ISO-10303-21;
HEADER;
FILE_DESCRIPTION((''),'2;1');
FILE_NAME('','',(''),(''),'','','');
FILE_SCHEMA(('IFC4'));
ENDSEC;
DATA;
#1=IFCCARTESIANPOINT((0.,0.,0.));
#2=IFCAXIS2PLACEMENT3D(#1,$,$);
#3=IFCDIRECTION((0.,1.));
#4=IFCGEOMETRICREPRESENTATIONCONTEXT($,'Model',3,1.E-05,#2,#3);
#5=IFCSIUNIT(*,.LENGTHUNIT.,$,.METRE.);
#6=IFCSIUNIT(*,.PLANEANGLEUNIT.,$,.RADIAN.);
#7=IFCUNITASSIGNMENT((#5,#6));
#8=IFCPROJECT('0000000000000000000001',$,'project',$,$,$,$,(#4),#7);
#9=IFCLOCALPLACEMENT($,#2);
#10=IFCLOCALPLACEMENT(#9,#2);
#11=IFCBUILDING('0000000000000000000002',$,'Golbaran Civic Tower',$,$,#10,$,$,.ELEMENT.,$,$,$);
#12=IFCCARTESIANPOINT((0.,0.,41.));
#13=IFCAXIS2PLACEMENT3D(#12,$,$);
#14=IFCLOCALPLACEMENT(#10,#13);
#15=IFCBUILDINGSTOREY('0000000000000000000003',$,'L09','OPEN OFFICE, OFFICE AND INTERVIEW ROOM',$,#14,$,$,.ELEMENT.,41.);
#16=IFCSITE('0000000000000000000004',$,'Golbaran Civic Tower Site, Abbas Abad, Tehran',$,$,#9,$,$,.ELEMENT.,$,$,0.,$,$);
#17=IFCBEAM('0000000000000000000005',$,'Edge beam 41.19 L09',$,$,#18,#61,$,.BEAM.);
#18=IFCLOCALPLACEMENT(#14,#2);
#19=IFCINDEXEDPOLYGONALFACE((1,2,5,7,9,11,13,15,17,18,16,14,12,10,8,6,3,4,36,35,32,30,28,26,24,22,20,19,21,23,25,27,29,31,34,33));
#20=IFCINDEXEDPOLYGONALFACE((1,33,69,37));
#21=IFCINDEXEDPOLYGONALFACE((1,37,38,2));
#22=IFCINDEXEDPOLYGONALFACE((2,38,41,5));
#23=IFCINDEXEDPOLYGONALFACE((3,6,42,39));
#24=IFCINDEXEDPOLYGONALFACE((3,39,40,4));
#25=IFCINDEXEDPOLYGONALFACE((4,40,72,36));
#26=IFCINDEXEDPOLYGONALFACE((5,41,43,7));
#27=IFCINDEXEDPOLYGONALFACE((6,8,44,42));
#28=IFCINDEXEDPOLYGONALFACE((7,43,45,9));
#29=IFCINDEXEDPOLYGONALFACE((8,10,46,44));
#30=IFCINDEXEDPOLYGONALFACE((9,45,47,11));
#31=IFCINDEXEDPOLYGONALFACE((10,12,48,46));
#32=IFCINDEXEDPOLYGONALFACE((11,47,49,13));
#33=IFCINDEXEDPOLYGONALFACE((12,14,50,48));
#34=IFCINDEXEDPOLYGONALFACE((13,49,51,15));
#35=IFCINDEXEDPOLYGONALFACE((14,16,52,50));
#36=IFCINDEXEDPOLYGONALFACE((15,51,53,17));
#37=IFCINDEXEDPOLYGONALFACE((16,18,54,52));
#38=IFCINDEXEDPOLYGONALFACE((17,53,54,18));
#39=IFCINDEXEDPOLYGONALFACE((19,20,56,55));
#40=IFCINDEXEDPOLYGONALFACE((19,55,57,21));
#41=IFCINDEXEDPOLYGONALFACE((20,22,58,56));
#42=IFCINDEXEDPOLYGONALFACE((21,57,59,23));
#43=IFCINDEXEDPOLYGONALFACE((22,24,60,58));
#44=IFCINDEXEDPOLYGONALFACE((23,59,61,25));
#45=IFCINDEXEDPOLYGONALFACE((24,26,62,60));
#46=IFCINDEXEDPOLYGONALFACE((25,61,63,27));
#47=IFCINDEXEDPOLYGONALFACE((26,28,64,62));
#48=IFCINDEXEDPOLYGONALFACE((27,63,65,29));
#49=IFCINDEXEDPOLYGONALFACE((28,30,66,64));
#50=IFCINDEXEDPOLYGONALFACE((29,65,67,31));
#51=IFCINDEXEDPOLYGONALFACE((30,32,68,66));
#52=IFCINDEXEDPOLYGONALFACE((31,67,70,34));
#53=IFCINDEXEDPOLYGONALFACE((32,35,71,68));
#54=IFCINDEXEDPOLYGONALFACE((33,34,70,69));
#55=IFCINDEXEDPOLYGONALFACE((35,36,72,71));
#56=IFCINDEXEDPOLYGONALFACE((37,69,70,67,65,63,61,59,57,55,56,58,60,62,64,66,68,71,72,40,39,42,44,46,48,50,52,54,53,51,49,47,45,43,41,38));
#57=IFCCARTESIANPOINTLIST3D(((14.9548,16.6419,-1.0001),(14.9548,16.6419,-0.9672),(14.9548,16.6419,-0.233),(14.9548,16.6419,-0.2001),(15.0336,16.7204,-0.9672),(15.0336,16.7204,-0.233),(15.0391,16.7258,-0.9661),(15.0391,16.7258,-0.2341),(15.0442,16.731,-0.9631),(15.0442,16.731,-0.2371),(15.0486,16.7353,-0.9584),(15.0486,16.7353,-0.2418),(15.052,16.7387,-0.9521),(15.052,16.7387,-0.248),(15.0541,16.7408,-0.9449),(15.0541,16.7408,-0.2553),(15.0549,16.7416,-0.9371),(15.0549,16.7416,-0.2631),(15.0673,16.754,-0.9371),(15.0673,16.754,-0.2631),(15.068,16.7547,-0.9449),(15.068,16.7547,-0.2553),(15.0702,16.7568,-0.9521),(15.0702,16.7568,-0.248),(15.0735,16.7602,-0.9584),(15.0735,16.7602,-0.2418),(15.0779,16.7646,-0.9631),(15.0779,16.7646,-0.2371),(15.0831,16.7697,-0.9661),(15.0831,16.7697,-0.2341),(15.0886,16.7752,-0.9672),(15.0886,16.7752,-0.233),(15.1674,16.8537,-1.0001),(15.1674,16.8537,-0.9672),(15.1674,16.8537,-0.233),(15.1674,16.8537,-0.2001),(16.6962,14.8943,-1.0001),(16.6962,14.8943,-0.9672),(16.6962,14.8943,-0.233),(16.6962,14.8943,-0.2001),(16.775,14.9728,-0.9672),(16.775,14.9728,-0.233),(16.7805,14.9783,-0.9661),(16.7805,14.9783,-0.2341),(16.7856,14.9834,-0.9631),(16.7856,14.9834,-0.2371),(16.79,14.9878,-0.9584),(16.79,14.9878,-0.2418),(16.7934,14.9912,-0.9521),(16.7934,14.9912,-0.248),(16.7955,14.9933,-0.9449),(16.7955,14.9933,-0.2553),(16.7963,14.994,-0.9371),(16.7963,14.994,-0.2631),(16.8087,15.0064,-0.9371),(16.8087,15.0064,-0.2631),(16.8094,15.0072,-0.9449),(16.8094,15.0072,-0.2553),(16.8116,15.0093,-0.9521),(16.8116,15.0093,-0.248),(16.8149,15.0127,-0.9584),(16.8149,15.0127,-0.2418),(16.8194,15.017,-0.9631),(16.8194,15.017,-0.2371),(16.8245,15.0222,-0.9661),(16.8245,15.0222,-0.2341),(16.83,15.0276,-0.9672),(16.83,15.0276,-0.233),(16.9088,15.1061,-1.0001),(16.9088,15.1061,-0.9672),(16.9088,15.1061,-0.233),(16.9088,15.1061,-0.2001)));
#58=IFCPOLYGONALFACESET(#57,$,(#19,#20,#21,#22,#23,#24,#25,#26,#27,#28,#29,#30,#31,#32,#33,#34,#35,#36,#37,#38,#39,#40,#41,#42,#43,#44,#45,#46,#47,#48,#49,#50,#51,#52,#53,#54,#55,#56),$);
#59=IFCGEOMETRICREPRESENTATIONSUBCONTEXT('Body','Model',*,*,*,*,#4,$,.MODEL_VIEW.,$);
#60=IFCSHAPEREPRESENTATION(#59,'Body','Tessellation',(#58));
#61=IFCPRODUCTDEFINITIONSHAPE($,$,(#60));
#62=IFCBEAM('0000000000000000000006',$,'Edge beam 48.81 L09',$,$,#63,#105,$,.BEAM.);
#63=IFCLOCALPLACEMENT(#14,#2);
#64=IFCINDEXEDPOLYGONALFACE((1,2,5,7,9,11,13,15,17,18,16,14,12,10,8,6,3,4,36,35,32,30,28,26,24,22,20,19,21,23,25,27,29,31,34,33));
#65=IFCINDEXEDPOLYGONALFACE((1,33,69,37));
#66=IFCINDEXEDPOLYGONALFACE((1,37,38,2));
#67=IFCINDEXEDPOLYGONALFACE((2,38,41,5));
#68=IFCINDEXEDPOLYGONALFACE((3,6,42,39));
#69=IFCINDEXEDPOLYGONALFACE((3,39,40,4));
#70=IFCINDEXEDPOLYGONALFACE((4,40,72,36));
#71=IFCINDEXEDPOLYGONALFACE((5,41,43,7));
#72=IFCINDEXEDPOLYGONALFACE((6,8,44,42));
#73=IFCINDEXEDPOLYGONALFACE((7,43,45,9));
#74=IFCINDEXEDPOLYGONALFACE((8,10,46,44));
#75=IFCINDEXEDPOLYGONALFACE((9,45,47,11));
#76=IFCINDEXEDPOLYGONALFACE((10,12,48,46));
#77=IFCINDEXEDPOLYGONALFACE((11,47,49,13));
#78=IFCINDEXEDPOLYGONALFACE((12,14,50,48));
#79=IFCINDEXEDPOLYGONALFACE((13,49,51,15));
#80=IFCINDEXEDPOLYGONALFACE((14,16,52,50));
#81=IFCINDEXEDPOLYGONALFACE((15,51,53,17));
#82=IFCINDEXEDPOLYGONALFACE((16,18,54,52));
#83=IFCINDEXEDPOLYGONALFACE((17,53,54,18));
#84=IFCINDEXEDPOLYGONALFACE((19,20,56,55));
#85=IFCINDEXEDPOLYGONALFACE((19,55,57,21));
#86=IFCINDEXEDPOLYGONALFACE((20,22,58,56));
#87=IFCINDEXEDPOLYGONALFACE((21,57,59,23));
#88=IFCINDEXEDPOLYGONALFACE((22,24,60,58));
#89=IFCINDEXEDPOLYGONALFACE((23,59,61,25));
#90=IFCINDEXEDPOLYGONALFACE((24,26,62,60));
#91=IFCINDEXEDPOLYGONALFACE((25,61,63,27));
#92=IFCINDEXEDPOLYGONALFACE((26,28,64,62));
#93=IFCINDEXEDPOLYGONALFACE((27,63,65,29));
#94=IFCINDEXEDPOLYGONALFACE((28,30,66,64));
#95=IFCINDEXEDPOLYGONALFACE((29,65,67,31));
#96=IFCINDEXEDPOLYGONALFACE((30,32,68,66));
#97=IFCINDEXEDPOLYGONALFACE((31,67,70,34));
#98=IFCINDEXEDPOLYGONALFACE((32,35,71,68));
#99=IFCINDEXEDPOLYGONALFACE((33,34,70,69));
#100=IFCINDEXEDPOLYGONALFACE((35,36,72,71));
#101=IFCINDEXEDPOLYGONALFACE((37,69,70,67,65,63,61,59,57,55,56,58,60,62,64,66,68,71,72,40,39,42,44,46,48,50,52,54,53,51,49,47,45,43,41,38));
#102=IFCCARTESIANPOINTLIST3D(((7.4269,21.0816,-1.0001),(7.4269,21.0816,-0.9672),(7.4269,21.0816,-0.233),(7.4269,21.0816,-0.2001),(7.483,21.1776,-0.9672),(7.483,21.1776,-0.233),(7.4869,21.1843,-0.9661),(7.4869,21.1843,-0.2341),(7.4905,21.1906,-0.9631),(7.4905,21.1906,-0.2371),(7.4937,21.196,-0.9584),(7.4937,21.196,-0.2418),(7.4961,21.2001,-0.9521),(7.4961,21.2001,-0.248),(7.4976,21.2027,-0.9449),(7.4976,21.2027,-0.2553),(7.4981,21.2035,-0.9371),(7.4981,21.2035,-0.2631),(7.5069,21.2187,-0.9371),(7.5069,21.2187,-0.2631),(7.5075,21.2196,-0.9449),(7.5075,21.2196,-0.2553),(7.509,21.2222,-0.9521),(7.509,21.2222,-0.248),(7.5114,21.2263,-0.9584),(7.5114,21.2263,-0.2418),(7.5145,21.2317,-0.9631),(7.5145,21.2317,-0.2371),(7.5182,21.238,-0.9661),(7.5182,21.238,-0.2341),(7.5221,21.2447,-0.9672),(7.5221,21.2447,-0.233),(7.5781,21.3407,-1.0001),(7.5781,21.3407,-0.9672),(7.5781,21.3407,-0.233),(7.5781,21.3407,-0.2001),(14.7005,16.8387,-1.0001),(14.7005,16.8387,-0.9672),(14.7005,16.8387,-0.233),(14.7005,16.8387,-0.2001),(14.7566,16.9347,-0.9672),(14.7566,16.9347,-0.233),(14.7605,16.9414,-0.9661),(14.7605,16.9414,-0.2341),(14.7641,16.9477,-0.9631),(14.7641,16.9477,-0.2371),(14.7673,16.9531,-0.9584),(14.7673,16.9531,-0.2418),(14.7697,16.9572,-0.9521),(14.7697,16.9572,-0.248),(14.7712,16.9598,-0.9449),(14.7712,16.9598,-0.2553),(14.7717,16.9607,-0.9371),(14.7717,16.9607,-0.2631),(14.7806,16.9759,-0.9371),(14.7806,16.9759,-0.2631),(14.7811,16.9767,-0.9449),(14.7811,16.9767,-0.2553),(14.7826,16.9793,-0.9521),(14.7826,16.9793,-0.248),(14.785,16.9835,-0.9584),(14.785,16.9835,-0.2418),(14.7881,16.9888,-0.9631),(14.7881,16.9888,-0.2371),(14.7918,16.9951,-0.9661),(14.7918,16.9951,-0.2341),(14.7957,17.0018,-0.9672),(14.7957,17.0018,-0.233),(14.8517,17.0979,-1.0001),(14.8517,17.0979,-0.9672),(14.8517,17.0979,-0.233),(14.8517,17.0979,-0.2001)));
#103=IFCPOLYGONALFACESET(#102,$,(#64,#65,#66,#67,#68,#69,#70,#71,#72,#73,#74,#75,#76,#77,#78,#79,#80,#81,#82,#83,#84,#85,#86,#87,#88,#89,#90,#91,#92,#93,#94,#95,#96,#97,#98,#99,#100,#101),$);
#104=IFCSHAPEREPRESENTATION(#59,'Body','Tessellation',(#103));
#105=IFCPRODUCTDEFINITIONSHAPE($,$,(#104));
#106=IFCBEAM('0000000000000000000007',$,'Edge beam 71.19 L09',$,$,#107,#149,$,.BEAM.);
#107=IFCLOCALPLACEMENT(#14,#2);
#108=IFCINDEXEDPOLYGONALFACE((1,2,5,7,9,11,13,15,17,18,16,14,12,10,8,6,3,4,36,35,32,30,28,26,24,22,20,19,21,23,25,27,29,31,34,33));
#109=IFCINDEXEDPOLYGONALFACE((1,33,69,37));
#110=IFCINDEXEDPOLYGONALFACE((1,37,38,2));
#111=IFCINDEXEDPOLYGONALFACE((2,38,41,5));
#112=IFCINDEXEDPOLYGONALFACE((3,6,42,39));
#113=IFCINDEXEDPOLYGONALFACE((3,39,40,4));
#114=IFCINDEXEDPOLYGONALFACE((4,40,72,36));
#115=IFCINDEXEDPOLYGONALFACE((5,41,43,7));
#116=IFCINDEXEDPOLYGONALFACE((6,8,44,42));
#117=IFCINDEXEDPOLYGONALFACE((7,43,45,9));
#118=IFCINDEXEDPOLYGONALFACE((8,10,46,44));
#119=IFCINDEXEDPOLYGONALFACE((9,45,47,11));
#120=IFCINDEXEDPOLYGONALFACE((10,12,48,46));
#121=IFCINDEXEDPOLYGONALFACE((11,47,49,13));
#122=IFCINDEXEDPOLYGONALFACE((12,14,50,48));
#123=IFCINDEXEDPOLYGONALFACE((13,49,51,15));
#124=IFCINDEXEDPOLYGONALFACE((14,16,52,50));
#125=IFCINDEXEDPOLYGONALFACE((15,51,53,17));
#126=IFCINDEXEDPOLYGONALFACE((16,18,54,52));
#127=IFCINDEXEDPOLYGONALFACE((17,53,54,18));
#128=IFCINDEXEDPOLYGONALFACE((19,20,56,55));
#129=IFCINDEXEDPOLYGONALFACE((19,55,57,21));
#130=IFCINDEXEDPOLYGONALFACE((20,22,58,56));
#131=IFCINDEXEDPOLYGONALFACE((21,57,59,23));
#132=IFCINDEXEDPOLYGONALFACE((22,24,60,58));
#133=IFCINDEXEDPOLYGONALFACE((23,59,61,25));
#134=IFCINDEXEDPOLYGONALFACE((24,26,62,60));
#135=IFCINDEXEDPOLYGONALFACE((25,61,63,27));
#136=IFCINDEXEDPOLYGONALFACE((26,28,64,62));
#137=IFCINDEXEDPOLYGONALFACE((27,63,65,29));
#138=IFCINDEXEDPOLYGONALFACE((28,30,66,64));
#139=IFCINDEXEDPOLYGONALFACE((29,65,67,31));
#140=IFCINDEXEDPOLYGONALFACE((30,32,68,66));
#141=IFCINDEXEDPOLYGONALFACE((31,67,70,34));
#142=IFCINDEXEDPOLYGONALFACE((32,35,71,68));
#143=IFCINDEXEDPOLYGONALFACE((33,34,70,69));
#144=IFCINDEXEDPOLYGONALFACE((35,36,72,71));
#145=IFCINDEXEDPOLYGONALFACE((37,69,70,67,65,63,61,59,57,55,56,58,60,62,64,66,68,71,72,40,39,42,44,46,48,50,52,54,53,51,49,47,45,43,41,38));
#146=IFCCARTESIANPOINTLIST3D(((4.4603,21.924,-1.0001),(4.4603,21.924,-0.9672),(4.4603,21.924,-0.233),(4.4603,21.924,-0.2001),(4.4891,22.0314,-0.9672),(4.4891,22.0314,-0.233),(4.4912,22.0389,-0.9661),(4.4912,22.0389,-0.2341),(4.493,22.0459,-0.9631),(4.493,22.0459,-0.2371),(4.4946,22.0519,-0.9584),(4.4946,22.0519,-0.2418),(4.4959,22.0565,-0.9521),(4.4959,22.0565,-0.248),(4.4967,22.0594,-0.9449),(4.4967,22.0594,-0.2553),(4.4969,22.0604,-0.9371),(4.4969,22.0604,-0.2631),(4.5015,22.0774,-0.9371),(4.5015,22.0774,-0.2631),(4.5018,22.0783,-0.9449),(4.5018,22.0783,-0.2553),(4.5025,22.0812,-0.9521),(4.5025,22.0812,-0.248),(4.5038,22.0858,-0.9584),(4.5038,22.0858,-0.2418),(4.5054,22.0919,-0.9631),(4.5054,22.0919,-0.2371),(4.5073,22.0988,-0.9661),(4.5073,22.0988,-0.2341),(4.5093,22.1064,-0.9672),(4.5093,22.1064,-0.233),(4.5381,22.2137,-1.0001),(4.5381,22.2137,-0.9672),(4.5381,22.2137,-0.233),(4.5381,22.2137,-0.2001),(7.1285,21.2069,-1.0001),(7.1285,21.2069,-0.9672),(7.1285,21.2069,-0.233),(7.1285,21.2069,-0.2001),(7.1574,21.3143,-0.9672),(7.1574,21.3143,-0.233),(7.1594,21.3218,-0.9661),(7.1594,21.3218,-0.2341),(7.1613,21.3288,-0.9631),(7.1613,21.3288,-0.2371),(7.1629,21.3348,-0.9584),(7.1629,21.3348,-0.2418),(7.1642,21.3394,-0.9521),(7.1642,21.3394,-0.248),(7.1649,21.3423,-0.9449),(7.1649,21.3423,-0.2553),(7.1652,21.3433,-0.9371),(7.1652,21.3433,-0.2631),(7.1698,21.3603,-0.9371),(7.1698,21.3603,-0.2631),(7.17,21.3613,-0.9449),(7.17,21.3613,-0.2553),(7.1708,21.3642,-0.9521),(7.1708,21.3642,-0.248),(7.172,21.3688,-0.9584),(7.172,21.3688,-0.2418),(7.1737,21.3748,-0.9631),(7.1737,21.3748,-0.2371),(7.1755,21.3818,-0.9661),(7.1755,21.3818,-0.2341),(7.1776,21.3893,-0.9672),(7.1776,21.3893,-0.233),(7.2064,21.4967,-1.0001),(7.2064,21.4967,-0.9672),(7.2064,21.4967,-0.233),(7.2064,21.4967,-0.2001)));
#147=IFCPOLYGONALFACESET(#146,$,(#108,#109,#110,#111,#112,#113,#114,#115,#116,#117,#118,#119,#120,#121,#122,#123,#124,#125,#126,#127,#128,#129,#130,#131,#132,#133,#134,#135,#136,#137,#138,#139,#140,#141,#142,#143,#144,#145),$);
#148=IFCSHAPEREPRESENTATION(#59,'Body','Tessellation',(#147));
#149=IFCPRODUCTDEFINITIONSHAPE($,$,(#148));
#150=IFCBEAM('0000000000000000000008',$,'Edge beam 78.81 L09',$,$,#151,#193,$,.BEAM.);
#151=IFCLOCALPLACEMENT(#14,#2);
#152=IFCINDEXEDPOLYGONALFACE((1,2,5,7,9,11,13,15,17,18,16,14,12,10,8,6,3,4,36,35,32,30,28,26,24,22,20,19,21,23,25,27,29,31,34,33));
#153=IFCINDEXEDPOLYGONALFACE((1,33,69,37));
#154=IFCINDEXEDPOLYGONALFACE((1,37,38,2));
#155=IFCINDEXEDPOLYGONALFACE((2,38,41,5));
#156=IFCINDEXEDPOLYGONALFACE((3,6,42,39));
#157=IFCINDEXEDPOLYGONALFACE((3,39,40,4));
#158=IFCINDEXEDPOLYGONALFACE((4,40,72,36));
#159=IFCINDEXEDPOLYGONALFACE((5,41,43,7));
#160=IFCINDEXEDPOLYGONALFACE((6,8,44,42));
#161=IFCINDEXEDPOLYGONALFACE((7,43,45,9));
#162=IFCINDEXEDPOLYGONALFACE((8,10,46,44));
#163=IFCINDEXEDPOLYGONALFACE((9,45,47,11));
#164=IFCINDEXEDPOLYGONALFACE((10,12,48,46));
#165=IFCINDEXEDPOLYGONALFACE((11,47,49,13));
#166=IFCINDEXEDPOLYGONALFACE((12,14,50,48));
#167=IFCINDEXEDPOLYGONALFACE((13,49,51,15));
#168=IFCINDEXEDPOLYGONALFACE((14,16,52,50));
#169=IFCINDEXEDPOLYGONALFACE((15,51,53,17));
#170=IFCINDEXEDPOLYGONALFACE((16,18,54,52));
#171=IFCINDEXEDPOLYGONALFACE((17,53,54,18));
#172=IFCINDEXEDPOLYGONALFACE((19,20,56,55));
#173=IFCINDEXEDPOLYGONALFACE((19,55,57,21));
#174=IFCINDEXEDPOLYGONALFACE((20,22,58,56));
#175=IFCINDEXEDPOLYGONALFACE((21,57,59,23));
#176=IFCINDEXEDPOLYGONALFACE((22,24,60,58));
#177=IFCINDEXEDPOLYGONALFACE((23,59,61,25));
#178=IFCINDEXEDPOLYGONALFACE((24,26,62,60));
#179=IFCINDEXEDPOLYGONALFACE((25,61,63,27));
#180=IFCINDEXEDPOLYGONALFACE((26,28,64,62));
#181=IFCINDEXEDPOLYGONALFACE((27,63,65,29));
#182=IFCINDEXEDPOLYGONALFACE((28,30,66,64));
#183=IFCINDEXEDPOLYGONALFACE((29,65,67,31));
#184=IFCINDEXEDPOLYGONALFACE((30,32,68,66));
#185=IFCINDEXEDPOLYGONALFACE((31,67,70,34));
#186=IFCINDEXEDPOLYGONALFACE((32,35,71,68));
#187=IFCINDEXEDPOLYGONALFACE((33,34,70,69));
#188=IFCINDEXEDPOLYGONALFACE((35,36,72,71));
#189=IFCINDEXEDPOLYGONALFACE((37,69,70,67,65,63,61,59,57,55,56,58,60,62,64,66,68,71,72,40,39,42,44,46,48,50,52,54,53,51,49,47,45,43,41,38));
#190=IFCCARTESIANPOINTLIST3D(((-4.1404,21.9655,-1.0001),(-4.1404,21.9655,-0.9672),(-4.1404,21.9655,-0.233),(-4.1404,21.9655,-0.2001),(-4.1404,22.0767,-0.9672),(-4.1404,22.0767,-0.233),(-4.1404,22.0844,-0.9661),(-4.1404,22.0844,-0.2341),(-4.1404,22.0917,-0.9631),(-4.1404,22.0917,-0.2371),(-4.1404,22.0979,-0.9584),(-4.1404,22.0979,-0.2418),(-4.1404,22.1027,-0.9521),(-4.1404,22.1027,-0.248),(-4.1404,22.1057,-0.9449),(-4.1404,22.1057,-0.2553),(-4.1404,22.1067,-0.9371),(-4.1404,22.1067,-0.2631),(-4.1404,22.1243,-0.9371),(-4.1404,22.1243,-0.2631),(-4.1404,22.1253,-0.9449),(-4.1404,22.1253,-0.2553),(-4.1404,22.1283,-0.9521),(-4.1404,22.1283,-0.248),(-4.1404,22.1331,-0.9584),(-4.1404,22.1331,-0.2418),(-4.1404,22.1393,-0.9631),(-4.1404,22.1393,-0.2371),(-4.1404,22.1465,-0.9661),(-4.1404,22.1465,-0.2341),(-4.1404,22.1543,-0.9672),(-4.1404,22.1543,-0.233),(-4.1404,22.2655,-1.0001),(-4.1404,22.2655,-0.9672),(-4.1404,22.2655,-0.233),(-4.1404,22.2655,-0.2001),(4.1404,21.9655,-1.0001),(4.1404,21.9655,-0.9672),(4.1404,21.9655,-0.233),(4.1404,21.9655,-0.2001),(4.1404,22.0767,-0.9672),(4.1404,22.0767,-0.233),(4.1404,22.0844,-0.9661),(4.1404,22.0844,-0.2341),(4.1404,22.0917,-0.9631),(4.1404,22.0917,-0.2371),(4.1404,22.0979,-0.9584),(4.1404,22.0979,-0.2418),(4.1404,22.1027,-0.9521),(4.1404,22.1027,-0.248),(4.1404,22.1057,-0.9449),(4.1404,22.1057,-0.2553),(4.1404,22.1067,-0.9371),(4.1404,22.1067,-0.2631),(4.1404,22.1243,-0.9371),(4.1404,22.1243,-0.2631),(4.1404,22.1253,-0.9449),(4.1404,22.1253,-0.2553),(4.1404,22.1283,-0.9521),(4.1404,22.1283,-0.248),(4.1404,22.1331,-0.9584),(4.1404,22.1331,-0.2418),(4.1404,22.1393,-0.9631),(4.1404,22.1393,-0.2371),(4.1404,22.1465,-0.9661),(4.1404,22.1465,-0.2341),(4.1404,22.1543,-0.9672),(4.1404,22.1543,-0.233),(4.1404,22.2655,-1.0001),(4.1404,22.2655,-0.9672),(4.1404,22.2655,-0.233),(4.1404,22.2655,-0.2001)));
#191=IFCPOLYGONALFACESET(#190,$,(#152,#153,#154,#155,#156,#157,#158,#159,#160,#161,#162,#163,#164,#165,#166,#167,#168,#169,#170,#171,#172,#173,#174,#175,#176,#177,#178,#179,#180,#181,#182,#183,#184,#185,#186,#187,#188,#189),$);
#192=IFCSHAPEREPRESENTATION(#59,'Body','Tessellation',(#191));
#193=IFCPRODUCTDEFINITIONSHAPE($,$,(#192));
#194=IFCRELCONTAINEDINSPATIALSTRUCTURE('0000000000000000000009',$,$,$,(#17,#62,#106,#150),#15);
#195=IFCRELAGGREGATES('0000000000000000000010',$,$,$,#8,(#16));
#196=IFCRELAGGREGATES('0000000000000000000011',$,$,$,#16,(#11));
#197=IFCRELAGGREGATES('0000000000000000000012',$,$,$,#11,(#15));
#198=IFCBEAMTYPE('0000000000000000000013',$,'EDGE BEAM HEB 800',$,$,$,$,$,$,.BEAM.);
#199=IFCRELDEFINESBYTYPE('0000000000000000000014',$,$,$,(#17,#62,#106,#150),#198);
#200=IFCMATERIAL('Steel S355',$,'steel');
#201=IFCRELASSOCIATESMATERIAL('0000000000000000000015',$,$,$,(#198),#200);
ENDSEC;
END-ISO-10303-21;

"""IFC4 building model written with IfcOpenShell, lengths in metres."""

from ifc_helpers import new_model, si_unit, direction, frame, origin, origin_2d, place, context, subcontext, project, spatial, i_section, extrude, material, material_profile, profile_set, type_object, element, save


model = new_model("IFC4")

# Units and contexts
model_context = context("Model", 3, precision=1e-05, world=origin(), true_north=direction((0.0, 1.0)))
body_context = subcontext(model_context, "Body", "Model", "MODEL_VIEW")
ifc_project = project(units=[si_unit("LENGTHUNIT", "METRE"), si_unit("PLANEANGLEUNIT", "RADIAN")], contexts=[model_context])

# Site, building, storey
site_placement = place(None, origin())
site = spatial("IfcSite", under=ifc_project, at=site_placement, Name="Golbaran Civic Tower Site, Abbas Abad, Tehran", CompositionType="ELEMENT", RefElevation=0.0)
building_placement = place(site_placement, origin())
building = spatial("IfcBuilding", under=site, at=building_placement, Name="Golbaran Civic Tower", CompositionType="ELEMENT")
storey_placement = place(building_placement, frame((0.0, 0.0, 41.0)))
storey = spatial("IfcBuildingStorey", under=building, at=storey_placement, Name="L09", Description="OPEN OFFICE, OFFICE AND INTERVIEW ROOM", CompositionType="ELEMENT", Elevation=41.0)

# Beams
ifc_material_1 = material(Name="Steel S355", Category="steel")
ifc_material_profile_1 = material_profile(ifc_material_1, i_section(OverallWidth=0.3, OverallDepth=0.8, WebThickness=0.0176, FlangeThickness=0.033, FilletRadius=0.03, at=origin_2d()), Name="HEB 800")
ifc_profile_set_1 = profile_set([ifc_material_profile_1], Name="Steel S355")
beam_type_1 = type_object("IfcBeamType", Name="EDGE BEAM HEB 800", PredefinedType="BEAM", material=ifc_profile_set_1)
beam_1_placement = place(storey_placement, frame((16.8025, 15.0002, -0.6001), z_axis=(-0.705869, 0.708343, 0.0), x_axis=(-0.708343, -0.705869, 0.0)))
element("IfcBeam", 1, at=beam_1_placement, inside=storey, type_object=beam_type_1, Name="Edge beam 41.19 L09", PredefinedType="BEAM", context=body_context, shape_type="SweptSolid", body=[
    extrude(i_section(OverallWidth=0.3, OverallDepth=0.8, WebThickness=0.0176, FlangeThickness=0.033, FilletRadius=0.03, at=origin_2d()), origin(), (0.0, 0.0, 1.0), 2.467),
])
beam_2_placement = place(storey_placement, frame((14.7761, 16.9683, -0.6001), z_axis=(-0.863782, 0.503866, 0.0), x_axis=(-0.503866, -0.863782, 0.0)))
element("IfcBeam", 2, at=beam_2_placement, inside=storey, type_object=beam_type_1, Name="Edge beam 48.81 L09", PredefinedType="BEAM", context=body_context, shape_type="SweptSolid", body=[
    extrude(i_section(OverallWidth=0.3, OverallDepth=0.8, WebThickness=0.0176, FlangeThickness=0.033, FilletRadius=0.03, at=origin_2d()), origin(), (0.0, 0.0, 1.0), 8.4207),
])
beam_3_placement = place(storey_placement, frame((7.1675, 21.3518, -0.6001), z_axis=(-0.965736, 0.259527, 0.0), x_axis=(-0.259527, -0.965736, 0.0)))
element("IfcBeam", 3, at=beam_3_placement, inside=storey, type_object=beam_type_1, Name="Edge beam 71.19 L09", PredefinedType="BEAM", context=body_context, shape_type="SweptSolid", body=[
    extrude(i_section(OverallWidth=0.3, OverallDepth=0.8, WebThickness=0.0176, FlangeThickness=0.033, FilletRadius=0.03, at=origin_2d()), origin(), (0.0, 0.0, 1.0), 2.7629),
])
beam_4_placement = place(storey_placement, frame((4.1404, 22.1155, -0.6001), z_axis=(-1.0, 0.0, 0.0), x_axis=(0.0, -1.0, 0.0)))
element("IfcBeam", 4, at=beam_4_placement, inside=storey, type_object=beam_type_1, Name="Edge beam 78.81 L09", PredefinedType="BEAM", context=body_context, shape_type="SweptSolid", body=[
    extrude(i_section(OverallWidth=0.3, OverallDepth=0.8, WebThickness=0.0176, FlangeThickness=0.033, FilletRadius=0.03, at=origin_2d()), origin(), (0.0, 0.0, 1.0), 8.2808),
])

save(model, "model.ifc")
